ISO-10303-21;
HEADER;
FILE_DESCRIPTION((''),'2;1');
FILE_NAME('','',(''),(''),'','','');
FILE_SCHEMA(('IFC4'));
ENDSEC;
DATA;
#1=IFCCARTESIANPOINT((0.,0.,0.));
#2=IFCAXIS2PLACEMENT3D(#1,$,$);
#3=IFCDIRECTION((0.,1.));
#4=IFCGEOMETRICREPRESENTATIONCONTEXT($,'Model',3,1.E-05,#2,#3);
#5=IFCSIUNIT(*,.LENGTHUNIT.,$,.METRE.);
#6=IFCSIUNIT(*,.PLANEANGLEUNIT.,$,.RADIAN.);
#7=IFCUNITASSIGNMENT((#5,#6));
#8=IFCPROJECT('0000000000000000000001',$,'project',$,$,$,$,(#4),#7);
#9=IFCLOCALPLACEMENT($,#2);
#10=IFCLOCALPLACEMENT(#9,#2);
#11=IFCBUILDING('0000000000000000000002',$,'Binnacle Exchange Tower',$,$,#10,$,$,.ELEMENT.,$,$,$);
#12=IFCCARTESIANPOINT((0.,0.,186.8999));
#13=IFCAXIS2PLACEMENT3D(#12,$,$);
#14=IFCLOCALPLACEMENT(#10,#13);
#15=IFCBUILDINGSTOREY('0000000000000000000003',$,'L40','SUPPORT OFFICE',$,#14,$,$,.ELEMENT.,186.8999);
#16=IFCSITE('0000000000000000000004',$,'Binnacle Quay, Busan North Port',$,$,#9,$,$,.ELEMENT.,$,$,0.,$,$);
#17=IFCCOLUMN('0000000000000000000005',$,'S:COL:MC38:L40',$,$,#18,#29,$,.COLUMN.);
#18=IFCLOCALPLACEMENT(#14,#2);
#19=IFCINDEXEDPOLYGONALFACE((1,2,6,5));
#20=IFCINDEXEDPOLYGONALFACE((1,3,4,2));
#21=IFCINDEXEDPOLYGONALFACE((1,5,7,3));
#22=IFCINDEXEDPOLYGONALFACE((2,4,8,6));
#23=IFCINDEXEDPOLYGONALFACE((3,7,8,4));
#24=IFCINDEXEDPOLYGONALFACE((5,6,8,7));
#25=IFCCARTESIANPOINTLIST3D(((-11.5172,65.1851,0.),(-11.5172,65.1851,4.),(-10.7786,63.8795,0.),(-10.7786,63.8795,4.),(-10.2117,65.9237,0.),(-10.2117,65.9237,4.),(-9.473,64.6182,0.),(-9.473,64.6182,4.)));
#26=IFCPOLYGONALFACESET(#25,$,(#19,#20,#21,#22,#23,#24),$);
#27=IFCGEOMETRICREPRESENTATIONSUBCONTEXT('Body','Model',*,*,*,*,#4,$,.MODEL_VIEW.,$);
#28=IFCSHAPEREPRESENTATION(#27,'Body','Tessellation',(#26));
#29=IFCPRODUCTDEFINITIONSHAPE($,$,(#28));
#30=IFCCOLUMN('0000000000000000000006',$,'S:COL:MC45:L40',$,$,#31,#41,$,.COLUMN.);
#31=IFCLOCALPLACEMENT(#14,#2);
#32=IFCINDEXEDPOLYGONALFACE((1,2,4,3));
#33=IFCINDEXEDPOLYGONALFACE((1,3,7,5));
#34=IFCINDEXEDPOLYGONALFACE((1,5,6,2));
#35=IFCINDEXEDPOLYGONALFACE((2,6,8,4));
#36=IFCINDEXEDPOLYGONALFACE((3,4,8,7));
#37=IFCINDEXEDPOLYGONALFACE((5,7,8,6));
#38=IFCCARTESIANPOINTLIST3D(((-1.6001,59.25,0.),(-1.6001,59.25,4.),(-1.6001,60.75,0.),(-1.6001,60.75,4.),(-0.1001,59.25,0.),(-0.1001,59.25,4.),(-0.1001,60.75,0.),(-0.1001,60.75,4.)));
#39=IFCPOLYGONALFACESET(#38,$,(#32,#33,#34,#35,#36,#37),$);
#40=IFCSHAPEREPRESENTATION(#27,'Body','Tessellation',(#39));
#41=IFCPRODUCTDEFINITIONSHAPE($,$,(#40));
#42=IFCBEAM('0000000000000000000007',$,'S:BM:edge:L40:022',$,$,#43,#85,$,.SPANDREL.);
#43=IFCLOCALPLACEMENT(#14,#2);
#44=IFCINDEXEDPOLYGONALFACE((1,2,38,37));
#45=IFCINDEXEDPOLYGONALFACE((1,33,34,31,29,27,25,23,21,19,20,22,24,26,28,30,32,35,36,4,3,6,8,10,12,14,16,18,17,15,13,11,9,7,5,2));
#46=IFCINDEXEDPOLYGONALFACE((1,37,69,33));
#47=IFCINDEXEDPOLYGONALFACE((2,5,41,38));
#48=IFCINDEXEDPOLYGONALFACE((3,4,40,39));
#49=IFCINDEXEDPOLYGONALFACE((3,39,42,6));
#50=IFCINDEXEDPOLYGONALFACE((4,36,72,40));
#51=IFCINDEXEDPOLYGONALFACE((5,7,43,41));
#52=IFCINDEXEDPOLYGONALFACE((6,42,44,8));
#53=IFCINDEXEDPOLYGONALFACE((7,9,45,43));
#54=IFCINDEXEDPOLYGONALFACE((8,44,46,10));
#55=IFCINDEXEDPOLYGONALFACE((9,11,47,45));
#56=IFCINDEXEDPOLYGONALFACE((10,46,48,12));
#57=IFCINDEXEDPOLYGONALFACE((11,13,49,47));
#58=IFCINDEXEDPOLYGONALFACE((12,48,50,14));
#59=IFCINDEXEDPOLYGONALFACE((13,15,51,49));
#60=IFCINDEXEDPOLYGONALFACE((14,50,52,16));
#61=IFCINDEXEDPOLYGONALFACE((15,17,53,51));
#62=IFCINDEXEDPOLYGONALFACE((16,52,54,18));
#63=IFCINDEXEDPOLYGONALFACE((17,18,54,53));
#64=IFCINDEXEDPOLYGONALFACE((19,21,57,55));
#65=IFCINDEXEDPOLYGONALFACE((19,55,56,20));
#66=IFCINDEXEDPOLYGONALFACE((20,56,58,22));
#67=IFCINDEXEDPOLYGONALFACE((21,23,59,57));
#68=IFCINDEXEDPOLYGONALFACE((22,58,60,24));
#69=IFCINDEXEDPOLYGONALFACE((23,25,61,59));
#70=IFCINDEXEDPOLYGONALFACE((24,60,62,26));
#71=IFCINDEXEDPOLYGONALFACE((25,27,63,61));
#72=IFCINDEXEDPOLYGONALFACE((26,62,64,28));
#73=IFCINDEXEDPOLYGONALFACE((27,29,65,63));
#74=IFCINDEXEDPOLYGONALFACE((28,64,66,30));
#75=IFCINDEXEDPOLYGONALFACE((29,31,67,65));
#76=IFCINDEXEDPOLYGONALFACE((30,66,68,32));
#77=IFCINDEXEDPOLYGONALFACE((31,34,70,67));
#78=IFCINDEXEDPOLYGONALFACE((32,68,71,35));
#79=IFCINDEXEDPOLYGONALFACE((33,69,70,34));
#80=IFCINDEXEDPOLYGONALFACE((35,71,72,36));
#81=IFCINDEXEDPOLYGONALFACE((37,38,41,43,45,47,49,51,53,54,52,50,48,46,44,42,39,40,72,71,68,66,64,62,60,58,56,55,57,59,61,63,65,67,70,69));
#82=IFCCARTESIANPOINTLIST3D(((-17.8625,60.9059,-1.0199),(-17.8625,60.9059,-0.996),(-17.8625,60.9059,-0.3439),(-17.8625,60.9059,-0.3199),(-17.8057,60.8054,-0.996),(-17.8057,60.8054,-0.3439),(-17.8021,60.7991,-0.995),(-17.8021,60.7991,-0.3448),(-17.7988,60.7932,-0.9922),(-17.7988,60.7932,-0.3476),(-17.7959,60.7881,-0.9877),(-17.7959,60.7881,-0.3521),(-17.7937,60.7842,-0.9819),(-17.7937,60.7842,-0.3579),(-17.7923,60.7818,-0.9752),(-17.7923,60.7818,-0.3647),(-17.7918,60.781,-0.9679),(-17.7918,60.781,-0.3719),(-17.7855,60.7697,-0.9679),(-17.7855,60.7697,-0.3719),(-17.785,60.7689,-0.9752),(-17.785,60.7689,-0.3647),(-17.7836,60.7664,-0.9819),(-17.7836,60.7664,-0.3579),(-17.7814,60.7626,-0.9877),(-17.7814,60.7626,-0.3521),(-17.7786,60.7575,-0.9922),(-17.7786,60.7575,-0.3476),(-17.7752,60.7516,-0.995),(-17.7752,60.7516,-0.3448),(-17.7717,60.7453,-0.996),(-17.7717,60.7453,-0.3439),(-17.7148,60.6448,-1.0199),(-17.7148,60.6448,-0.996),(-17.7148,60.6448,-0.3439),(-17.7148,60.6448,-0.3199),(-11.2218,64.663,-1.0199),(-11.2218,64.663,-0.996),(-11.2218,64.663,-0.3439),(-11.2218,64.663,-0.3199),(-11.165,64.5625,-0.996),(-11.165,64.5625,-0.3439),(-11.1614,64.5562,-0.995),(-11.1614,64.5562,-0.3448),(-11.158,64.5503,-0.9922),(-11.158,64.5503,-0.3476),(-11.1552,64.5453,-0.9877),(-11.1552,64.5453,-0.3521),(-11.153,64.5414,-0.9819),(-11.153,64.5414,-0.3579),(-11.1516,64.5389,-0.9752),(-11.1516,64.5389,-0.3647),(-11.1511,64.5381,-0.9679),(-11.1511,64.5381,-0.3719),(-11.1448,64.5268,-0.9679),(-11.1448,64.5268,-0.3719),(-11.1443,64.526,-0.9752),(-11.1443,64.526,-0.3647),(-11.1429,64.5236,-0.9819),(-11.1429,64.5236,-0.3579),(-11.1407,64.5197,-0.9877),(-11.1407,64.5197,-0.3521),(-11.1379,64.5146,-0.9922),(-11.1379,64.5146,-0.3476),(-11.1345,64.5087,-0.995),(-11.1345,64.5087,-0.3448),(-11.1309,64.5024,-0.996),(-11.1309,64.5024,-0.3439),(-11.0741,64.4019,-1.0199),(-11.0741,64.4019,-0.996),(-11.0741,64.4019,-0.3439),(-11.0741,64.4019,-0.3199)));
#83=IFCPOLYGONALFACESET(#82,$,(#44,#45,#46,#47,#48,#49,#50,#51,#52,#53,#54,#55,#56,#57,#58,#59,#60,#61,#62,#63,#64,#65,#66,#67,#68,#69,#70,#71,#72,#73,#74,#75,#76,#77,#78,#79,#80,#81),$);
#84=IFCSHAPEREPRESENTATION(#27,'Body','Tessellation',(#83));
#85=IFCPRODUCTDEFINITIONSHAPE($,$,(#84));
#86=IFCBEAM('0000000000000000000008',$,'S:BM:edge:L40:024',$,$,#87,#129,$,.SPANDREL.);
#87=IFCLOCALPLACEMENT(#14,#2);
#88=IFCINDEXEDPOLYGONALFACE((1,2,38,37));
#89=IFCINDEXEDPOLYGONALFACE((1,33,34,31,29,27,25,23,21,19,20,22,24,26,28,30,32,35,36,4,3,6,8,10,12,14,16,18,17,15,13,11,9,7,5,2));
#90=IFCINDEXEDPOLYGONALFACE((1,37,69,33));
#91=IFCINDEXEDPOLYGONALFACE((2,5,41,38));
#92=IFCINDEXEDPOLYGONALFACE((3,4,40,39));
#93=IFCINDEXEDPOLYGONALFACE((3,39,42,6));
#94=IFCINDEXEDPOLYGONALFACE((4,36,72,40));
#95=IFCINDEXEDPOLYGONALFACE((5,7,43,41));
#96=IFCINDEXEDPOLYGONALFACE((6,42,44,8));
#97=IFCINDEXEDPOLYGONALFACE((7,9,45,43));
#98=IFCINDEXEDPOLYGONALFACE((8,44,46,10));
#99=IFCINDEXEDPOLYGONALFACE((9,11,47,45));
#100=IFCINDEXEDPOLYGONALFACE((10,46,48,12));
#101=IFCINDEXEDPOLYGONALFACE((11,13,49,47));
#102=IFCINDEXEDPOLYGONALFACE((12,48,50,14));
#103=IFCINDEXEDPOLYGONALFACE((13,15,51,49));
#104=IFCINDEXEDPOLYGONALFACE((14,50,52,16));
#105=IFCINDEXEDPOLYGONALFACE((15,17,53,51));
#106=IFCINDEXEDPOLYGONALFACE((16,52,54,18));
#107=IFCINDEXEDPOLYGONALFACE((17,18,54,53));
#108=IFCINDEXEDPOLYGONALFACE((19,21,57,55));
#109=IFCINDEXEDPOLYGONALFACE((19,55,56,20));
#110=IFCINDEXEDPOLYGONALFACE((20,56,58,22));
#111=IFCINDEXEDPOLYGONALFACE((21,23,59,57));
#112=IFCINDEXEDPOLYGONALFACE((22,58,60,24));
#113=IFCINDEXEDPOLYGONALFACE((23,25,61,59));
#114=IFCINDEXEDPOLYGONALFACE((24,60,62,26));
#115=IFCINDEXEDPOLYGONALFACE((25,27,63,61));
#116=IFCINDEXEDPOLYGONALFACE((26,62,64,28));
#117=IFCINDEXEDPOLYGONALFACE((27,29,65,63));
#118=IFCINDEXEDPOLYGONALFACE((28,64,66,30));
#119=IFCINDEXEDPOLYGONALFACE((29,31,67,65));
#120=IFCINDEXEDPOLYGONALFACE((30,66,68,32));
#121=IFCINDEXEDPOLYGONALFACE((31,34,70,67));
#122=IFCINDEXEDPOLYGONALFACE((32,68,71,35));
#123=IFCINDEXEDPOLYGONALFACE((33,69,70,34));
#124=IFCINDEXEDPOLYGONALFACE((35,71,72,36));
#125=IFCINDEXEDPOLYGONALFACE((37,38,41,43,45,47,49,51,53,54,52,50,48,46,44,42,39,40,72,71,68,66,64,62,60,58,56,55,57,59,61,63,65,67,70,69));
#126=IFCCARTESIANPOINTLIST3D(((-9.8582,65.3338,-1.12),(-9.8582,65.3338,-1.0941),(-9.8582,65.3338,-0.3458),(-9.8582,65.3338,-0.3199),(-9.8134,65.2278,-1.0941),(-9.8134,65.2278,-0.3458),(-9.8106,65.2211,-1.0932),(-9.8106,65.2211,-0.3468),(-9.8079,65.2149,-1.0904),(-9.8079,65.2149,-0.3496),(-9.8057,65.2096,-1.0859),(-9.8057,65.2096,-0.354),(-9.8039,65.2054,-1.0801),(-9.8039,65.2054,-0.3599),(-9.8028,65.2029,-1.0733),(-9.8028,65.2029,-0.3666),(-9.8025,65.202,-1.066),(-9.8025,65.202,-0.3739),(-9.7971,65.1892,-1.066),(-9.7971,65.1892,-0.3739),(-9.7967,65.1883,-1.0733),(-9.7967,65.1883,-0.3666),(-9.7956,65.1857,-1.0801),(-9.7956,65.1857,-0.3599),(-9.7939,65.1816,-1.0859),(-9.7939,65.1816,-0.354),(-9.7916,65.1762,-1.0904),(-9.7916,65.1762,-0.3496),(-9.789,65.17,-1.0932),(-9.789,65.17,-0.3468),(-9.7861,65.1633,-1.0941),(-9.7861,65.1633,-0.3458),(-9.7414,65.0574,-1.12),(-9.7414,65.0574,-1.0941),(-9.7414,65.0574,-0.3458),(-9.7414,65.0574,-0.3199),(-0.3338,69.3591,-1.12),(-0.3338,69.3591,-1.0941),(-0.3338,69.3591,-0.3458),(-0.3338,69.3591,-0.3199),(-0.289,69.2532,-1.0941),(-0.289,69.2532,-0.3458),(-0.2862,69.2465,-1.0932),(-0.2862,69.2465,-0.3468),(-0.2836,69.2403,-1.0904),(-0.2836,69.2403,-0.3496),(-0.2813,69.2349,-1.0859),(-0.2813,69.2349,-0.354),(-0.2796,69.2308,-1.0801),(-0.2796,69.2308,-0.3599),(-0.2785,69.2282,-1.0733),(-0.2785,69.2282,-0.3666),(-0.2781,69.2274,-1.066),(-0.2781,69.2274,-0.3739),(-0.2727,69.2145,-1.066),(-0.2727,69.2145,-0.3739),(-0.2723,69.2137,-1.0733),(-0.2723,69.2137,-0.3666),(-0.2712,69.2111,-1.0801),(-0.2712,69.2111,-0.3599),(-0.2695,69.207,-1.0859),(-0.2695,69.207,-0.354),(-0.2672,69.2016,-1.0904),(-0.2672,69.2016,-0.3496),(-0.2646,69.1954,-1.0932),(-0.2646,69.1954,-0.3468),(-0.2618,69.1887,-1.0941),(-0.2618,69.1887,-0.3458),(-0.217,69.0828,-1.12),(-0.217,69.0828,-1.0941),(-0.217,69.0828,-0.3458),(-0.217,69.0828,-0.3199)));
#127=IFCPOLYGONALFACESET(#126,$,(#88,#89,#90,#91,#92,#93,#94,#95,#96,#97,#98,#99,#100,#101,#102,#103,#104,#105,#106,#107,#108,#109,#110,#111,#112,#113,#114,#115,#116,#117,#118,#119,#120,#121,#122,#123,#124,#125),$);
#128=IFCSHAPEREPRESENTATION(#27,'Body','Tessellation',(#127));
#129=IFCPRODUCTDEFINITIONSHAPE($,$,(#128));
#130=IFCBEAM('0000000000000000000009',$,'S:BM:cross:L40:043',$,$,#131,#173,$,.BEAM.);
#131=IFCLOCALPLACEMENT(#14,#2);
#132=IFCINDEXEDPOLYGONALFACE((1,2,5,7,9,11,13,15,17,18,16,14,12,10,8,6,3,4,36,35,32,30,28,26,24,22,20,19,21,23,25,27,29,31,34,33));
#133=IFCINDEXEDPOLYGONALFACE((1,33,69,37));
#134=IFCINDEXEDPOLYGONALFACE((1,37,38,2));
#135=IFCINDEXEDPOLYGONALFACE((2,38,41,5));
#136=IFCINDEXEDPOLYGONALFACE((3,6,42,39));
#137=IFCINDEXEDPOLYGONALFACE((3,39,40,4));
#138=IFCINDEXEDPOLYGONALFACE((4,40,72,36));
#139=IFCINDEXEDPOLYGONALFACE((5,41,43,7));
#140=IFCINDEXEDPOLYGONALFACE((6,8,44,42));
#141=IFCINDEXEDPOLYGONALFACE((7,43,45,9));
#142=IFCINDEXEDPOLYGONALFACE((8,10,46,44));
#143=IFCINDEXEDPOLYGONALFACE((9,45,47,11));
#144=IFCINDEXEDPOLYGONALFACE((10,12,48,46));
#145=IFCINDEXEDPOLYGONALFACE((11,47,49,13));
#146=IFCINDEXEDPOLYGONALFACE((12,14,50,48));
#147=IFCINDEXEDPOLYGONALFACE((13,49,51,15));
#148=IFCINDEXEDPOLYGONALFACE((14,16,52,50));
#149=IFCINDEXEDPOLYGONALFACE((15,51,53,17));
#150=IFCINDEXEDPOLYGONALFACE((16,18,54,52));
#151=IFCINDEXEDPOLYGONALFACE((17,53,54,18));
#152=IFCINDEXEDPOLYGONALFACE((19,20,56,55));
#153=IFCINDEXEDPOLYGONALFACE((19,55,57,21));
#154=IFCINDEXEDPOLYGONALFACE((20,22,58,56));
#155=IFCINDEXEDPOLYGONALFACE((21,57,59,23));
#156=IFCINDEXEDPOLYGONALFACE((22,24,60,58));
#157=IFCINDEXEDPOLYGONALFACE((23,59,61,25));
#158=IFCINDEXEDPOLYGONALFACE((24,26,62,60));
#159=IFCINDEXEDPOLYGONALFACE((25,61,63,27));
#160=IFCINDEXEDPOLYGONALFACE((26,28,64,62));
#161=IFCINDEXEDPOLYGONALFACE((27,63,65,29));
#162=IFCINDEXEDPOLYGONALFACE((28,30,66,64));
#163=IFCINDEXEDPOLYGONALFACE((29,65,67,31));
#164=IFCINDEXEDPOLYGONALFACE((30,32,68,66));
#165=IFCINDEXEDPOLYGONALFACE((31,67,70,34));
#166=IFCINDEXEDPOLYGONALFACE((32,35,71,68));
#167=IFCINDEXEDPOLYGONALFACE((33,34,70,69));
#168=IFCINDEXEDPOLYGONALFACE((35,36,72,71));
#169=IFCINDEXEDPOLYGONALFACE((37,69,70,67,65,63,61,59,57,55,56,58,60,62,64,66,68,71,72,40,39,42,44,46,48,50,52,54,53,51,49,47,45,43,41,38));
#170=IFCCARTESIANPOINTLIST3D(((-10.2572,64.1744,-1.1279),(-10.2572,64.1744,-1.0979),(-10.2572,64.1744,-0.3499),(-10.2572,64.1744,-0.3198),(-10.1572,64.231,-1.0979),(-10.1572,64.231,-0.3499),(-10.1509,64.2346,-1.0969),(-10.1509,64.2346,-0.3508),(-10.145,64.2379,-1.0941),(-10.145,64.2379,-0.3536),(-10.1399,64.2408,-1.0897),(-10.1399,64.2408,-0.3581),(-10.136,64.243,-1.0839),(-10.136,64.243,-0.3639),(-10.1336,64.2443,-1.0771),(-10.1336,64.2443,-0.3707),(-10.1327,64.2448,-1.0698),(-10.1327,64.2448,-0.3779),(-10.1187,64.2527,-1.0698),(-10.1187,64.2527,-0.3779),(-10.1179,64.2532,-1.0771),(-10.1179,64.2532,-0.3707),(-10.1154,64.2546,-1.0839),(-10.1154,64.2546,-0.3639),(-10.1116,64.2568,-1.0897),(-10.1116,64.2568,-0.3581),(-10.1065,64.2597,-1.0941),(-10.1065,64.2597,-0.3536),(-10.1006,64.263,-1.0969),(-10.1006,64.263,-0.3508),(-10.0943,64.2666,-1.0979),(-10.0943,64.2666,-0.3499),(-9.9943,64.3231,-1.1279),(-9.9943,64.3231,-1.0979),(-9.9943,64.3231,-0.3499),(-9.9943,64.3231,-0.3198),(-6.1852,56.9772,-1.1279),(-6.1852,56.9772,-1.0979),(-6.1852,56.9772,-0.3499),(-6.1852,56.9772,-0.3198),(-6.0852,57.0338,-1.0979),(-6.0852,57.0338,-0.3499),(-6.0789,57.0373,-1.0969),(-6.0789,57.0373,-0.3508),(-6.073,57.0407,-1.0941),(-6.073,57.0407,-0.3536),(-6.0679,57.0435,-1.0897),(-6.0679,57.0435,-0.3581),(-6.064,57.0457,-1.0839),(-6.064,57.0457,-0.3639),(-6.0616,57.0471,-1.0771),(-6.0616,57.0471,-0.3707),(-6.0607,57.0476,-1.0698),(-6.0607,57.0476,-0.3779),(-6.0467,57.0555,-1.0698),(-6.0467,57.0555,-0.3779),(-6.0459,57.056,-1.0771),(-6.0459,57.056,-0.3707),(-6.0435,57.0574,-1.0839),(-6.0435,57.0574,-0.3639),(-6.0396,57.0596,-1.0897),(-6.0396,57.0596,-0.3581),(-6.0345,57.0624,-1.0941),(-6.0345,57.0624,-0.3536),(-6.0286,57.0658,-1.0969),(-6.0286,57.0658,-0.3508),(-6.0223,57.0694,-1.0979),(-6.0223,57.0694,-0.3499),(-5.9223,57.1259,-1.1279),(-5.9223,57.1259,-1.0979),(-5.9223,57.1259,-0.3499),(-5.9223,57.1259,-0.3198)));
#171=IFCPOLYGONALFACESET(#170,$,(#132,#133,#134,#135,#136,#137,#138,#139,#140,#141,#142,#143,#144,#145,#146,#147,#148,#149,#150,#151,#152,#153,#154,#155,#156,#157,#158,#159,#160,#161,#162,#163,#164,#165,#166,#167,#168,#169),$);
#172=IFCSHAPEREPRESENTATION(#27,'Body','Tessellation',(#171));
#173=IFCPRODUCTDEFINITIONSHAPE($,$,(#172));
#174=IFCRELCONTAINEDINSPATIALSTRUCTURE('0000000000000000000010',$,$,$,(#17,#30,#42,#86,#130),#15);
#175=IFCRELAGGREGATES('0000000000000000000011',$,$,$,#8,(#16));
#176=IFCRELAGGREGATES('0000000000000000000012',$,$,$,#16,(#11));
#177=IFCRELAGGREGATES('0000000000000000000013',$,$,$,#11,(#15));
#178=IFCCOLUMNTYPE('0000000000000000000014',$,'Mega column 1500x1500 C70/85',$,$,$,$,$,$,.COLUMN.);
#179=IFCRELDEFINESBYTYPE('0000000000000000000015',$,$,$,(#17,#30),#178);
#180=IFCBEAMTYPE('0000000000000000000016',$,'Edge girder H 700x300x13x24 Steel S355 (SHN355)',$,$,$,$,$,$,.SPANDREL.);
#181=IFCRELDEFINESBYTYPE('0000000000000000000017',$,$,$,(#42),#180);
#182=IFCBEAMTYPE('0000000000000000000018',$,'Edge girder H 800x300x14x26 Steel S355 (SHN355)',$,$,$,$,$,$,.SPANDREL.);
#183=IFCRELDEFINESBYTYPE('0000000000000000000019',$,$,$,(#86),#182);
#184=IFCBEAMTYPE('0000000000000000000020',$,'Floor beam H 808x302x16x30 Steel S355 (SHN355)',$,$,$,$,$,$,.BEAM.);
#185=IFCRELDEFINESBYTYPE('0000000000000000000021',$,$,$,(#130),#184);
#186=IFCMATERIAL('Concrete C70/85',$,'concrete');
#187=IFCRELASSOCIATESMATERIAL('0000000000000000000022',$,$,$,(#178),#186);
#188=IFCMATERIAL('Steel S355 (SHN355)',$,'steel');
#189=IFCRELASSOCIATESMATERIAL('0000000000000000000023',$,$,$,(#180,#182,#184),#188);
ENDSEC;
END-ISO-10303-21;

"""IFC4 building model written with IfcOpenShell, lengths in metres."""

from ifc_helpers import new_model, si_unit, direction, frame, origin, origin_2d, place, context, subcontext, project, spatial, rectangle, i_section, extrude, material, material_profile, profile_set, type_object, element, save


model = new_model("IFC4")

# Units and contexts
model_context = context("Model", 3, precision=1e-05, world=origin(), true_north=direction((0.0, 1.0)))
body_context = subcontext(model_context, "Body", "Model", "MODEL_VIEW")
ifc_project = project(units=[si_unit("LENGTHUNIT", "METRE"), si_unit("PLANEANGLEUNIT", "RADIAN")], contexts=[model_context])

# Site, building, storey
site_placement = place(None, origin())
site = spatial("IfcSite", under=ifc_project, at=site_placement, Name="Binnacle Quay, Busan North Port", CompositionType="ELEMENT", RefElevation=0.0)
building_placement = place(site_placement, origin())
building = spatial("IfcBuilding", under=site, at=building_placement, Name="Binnacle Exchange Tower", CompositionType="ELEMENT")
storey_placement = place(building_placement, frame((0.0, 0.0, 186.8999)))
storey = spatial("IfcBuildingStorey", under=building, at=storey_placement, Name="L40", Description="SUPPORT OFFICE", CompositionType="ELEMENT", Elevation=186.8999)

# Columns
ifc_material_1 = material(Name="Concrete C70/85", Category="concrete")
ifc_material_profile_1 = material_profile(ifc_material_1, rectangle(XDim=1.5, YDim=1.5, at=origin_2d()), Name="Mega column 1500x1500 C70/85")
ifc_profile_set_1 = profile_set([ifc_material_profile_1], Name="Concrete C70/85")
column_type = type_object("IfcColumnType", Name="Mega column 1500x1500 C70/85", PredefinedType="COLUMN", material=ifc_profile_set_1)
for number, where, z_axis, x_axis, name in (
    (1, (-10.4951, 64.9016, 0.0), (0.0, 0.0, 1.0), (-0.870356, -0.492424, 0.0), "S:COL:MC38:L40"),
    (2, (-0.8501, 60.0, 0.0), (0.0, 0.0, 1.0), (0.0, 1.0, 0.0), "S:COL:MC45:L40"),
):
    element("IfcColumn", number, at=place(storey_placement, frame(where, z_axis=z_axis, x_axis=x_axis)), inside=storey, type_object=column_type, Name=name, PredefinedType="COLUMN", context=body_context, shape_type="SweptSolid", body=[
        extrude(rectangle(XDim=1.5, YDim=1.5, at=origin_2d()), origin(), (0.0, 0.0, 1.0), 4.0),
    ])

# Beams
ifc_material_2 = material(Name="Steel S355 (SHN355)", Category="steel")
ifc_material_profile_2 = material_profile(ifc_material_2, i_section(OverallWidth=0.3, OverallDepth=0.7, WebThickness=0.0129, FlangeThickness=0.0239, FilletRadius=0.0281, at=origin_2d()), Name="H 700x300x13x24")
ifc_profile_set_2 = profile_set([ifc_material_profile_2], Name="Steel S355 (SHN355)")
beam_type_1 = type_object("IfcBeamType", Name="Edge girder H 700x300x13x24 Steel S355 (SHN355)", PredefinedType="SPANDREL", material=ifc_profile_set_2)
beam_1_placement = place(storey_placement, frame((-11.1479, 64.5325, -0.6699), z_axis=(-0.870356, -0.492423, 0.0), x_axis=(0.492423, -0.870356, 0.0)))
element("IfcBeam", 3, at=beam_1_placement, inside=storey, type_object=beam_type_1, Name="S:BM:edge:L40:022", PredefinedType="SPANDREL", context=body_context, shape_type="SweptSolid", body=[
    extrude(i_section(OverallWidth=0.3, OverallDepth=0.7, WebThickness=0.0129, FlangeThickness=0.0239, FilletRadius=0.0281, at=origin_2d()), origin(), (0.0, 0.0, 1.0), 7.6299),
])
ifc_material_profile_3 = material_profile(ifc_material_2, i_section(OverallWidth=0.3, OverallDepth=0.8, WebThickness=0.0139, FlangeThickness=0.0259, FilletRadius=0.0281, at=origin_2d()), Name="H 800x300x14x26")
ifc_profile_set_3 = profile_set([ifc_material_profile_3], Name="Steel S355 (SHN355)")
beam_type_2 = type_object("IfcBeamType", Name="Edge girder H 800x300x14x26 Steel S355 (SHN355)", PredefinedType="SPANDREL", material=ifc_profile_set_3)
beam_2_placement = place(storey_placement, frame((-0.2754, 69.2209, -0.72), z_axis=(-0.921112, -0.389298, 0.0), x_axis=(0.389298, -0.921112, 0.0)))
element("IfcBeam", 4, at=beam_2_placement, inside=storey, type_object=beam_type_2, Name="S:BM:edge:L40:024", PredefinedType="SPANDREL", context=body_context, shape_type="SweptSolid", body=[
    extrude(i_section(OverallWidth=0.3, OverallDepth=0.8, WebThickness=0.0139, FlangeThickness=0.0259, FilletRadius=0.0281, at=origin_2d()), origin(), (0.0, 0.0, 1.0), 10.3401),
])
ifc_material_profile_4 = material_profile(ifc_material_2, i_section(OverallWidth=0.302, OverallDepth=0.8081, WebThickness=0.0161, FlangeThickness=0.03, FilletRadius=0.0281, at=origin_2d()), Name="H 808x302x16x30")
ifc_profile_set_4 = profile_set([ifc_material_profile_4], Name="Steel S355 (SHN355)")
beam_type_3 = type_object("IfcBeamType", Name="Floor beam H 808x302x16x30 Steel S355 (SHN355)", PredefinedType="BEAM", material=ifc_profile_set_4)
beam_3_placement = place(storey_placement, frame((-10.1257, 64.2488, -0.7239), z_axis=(0.492424, -0.870355, 0.0), x_axis=(0.870355, 0.492424, 0.0)))
element("IfcBeam", 5, at=beam_3_placement, inside=storey, type_object=beam_type_3, Name="S:BM:cross:L40:043", PredefinedType="BEAM", context=body_context, shape_type="SweptSolid", body=[
    extrude(i_section(OverallWidth=0.302, OverallDepth=0.8081, WebThickness=0.0161, FlangeThickness=0.03, FilletRadius=0.0281, at=origin_2d()), origin(), (0.0, 0.0, 1.0), 8.2693),
])

save(model, "model.ifc")
